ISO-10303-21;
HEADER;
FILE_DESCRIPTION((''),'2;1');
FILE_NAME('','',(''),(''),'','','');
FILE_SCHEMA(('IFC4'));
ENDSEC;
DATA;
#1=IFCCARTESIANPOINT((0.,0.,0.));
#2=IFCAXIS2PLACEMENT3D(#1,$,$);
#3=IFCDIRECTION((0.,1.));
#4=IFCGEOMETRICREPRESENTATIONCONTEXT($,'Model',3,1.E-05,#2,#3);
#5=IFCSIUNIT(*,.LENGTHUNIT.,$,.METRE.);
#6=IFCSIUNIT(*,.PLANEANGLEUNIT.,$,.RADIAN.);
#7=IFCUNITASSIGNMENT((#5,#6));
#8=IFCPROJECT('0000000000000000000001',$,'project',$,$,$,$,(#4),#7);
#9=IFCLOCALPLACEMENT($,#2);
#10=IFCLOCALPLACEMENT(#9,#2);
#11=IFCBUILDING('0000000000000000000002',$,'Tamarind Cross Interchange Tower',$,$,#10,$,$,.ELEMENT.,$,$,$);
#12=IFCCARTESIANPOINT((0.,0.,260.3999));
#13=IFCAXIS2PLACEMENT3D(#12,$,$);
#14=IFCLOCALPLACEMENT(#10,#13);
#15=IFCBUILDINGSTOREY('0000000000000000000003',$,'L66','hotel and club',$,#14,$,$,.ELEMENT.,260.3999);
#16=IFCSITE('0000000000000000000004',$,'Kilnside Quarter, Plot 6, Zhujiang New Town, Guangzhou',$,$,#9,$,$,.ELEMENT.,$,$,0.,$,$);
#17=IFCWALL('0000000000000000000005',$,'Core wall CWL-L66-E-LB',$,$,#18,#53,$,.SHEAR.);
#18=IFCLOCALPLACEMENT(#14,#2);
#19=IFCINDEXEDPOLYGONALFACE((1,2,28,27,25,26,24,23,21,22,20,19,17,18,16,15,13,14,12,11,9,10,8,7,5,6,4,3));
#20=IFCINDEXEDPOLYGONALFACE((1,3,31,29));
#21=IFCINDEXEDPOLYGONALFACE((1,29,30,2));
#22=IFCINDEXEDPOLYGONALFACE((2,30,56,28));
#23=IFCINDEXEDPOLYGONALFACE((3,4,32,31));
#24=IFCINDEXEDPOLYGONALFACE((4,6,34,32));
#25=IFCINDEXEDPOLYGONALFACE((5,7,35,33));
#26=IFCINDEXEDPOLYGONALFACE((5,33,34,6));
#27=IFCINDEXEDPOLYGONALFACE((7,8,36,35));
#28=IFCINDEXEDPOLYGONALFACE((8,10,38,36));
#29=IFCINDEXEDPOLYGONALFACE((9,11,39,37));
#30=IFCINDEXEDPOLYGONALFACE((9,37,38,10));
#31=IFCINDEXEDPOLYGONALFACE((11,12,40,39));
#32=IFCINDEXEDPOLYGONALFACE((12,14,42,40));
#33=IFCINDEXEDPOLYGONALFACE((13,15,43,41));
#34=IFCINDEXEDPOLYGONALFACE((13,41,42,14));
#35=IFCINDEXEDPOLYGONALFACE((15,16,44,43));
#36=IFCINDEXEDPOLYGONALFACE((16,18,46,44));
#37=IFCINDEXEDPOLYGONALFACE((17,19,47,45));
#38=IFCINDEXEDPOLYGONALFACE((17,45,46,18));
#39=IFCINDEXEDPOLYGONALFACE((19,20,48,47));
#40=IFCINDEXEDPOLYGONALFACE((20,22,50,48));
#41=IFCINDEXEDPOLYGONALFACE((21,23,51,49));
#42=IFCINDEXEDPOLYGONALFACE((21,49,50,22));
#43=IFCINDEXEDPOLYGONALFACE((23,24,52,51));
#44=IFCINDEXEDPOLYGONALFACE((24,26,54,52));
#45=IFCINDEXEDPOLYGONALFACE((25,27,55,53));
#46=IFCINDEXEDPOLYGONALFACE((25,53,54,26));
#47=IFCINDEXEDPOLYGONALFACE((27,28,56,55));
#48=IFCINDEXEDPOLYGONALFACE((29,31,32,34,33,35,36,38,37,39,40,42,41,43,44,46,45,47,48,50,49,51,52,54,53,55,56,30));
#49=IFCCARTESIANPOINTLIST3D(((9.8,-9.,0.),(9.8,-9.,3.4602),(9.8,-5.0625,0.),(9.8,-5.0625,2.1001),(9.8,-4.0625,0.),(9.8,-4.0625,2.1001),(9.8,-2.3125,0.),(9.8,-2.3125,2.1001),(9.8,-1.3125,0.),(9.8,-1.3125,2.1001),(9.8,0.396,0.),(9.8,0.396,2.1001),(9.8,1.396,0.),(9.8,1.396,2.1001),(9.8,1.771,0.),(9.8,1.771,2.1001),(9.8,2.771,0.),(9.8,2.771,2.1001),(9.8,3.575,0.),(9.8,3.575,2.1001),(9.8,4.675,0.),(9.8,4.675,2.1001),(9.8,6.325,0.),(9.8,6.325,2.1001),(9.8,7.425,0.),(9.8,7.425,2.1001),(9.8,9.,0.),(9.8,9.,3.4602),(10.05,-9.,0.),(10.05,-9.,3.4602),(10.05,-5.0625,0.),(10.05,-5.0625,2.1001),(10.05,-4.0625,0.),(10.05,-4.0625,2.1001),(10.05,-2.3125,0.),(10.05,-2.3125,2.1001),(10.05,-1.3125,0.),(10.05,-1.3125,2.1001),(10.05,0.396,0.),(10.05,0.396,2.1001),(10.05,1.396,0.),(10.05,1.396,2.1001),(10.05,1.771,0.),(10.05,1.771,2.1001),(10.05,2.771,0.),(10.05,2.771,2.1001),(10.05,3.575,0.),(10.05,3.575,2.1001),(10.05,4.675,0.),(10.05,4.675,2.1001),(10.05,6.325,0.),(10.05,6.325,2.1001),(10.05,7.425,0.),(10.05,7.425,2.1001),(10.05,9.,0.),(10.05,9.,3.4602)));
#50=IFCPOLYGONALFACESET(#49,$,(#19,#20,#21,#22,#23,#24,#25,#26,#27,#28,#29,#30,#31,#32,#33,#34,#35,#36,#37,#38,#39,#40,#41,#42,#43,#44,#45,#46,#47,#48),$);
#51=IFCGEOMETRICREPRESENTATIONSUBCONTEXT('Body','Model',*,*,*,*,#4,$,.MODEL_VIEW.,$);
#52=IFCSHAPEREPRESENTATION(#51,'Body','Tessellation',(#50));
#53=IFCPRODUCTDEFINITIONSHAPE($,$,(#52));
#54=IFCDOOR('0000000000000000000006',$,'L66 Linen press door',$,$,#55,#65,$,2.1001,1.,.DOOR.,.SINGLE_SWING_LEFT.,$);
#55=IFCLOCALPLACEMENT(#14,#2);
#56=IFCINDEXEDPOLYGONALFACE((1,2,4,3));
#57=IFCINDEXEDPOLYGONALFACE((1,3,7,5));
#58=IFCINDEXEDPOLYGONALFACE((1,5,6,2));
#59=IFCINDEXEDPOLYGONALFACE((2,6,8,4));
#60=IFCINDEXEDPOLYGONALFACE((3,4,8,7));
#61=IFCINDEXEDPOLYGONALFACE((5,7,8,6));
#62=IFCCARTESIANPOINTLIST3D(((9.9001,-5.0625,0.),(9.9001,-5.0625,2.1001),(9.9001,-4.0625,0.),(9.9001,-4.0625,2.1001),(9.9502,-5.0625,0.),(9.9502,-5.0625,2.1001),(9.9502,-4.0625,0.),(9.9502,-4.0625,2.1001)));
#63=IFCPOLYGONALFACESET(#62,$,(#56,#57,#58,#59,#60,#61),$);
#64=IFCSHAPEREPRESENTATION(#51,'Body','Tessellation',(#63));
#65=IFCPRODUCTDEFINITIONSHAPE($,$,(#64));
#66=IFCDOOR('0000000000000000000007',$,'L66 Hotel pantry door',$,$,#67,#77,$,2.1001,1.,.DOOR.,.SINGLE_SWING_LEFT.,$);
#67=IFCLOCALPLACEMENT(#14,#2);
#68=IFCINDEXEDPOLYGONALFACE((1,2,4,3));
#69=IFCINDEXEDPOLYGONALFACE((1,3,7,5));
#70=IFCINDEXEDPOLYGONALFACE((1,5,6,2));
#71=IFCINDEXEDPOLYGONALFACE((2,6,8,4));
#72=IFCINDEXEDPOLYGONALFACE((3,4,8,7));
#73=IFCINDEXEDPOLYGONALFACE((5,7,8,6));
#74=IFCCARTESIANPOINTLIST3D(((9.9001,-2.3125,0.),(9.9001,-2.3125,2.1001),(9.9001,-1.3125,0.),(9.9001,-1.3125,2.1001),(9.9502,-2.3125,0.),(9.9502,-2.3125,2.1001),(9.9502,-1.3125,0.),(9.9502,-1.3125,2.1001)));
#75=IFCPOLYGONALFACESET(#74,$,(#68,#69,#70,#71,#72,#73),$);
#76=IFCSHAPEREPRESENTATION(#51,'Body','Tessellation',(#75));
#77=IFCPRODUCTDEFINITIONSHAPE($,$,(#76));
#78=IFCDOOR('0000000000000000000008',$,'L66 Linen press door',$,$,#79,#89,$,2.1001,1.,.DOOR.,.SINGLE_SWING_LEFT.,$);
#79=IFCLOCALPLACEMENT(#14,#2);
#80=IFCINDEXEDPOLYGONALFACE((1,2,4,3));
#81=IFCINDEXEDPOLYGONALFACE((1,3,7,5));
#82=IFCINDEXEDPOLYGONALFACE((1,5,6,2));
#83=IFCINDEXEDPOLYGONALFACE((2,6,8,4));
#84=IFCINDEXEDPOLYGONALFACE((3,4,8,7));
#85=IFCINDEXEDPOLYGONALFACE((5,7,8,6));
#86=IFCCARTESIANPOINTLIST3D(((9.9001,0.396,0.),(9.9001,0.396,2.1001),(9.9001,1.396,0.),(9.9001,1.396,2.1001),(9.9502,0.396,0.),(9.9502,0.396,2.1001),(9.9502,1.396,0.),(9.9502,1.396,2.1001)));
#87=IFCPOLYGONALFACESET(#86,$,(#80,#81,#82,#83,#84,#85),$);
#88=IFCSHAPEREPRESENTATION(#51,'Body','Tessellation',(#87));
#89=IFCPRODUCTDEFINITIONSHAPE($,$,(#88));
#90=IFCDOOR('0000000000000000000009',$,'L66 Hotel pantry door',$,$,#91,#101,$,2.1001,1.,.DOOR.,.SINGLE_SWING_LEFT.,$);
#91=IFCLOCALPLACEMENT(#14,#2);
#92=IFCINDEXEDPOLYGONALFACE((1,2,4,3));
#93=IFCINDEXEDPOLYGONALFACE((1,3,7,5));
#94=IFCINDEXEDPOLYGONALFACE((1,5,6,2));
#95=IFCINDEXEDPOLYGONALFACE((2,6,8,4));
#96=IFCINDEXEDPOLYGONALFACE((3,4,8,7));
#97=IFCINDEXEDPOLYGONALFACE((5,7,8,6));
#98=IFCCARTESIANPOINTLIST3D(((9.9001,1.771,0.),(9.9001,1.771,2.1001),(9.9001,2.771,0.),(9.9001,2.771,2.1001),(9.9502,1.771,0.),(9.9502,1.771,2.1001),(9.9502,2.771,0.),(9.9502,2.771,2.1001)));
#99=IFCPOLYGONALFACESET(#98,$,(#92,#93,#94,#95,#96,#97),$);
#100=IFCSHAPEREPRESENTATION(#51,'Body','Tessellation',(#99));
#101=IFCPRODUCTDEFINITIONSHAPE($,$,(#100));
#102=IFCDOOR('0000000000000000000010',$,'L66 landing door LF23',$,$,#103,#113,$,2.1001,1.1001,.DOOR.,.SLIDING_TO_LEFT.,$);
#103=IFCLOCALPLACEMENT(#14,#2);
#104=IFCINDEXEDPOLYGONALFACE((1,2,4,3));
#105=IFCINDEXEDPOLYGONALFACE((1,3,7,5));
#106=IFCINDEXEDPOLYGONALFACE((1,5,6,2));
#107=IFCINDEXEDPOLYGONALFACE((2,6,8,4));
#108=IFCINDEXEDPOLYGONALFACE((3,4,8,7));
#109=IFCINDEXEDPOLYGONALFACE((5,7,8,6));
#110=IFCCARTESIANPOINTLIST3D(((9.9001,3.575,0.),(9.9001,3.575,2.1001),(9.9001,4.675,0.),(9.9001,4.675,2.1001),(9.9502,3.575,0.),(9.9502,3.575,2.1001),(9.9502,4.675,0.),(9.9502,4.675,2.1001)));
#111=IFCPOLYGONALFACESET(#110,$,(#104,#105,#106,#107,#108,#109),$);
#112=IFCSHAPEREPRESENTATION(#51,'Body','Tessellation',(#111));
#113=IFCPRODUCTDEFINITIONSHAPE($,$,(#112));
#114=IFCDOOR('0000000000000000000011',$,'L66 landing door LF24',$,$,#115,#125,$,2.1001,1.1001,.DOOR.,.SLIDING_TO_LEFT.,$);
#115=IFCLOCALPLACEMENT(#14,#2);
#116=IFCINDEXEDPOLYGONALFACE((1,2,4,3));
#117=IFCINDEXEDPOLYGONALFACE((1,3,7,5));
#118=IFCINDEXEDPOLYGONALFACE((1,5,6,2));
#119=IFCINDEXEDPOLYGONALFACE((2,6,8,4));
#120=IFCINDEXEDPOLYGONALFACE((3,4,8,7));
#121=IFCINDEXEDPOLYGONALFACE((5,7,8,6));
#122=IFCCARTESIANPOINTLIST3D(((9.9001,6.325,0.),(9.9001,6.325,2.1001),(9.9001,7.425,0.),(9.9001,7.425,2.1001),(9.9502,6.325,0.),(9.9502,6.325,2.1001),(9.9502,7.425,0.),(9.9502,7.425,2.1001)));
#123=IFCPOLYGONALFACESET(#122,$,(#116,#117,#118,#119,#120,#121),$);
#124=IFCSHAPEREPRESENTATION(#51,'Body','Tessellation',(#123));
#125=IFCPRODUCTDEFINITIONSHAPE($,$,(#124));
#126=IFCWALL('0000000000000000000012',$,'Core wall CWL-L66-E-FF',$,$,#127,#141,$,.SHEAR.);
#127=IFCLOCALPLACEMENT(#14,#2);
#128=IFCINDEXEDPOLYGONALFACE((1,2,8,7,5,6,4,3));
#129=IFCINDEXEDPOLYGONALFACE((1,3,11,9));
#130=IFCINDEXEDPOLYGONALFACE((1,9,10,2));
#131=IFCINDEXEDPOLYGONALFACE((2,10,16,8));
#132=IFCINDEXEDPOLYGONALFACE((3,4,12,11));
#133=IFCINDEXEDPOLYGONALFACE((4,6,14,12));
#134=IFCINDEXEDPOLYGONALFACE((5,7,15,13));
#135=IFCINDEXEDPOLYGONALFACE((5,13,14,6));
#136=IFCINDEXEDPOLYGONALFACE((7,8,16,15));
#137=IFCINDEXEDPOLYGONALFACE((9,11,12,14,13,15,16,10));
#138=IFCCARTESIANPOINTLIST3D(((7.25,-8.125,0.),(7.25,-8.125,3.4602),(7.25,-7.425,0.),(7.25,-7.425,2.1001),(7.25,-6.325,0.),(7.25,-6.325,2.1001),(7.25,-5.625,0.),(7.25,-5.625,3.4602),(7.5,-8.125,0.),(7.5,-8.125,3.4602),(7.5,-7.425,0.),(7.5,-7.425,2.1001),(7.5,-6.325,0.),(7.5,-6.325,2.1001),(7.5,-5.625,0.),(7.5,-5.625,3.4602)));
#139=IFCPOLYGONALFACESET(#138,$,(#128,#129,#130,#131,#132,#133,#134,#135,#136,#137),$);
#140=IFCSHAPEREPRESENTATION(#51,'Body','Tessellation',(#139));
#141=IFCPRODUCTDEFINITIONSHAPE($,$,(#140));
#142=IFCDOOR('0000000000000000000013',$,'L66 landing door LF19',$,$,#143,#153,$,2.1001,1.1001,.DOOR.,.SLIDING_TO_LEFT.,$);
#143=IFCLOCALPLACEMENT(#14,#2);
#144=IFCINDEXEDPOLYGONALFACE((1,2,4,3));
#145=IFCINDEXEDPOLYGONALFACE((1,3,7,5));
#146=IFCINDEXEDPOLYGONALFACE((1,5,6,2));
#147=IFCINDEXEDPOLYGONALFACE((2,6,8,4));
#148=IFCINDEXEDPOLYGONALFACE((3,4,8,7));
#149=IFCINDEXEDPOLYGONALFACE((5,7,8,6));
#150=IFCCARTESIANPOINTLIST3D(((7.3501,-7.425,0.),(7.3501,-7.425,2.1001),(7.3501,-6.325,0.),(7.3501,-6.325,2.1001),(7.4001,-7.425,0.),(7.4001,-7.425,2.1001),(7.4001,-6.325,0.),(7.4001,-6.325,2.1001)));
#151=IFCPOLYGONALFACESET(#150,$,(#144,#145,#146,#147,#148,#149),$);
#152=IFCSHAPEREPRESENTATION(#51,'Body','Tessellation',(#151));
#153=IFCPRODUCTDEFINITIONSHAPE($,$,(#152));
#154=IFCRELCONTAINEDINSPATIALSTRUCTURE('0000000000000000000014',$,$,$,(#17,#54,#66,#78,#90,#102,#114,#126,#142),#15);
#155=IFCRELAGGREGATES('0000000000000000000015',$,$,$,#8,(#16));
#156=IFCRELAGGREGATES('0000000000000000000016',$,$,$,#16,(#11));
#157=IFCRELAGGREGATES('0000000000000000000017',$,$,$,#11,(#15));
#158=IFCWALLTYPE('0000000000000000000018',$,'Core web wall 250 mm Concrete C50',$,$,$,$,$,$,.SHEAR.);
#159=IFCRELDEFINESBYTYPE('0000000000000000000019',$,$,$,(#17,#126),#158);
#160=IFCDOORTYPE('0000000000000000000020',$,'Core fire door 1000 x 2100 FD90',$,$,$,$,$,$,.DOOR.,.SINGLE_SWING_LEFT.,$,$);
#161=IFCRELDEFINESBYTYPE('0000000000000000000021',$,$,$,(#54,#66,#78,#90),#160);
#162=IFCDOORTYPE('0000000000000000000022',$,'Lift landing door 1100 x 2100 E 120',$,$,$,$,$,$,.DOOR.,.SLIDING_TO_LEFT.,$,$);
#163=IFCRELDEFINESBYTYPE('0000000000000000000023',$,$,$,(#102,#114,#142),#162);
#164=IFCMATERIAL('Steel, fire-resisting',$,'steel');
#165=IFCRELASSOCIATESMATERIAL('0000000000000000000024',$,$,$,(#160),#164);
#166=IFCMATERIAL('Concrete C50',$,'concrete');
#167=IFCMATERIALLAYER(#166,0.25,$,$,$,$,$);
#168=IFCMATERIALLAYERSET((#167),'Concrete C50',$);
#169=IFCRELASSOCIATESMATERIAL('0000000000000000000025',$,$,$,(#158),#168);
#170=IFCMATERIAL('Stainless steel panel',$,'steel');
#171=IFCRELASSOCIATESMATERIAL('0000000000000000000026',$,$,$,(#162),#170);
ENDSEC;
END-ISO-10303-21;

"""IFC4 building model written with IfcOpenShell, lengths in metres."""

from ifc_helpers import new_model, si_unit, direction, frame, frame_2d, origin, place, context, subcontext, project, spatial, rectangle, extrude, material, layer, layer_set, type_object, element, fill, save


model = new_model("IFC4")

# Units and contexts
model_context = context("Model", 3, precision=1e-05, world=origin(), true_north=direction((0.0, 1.0)))
body_context = subcontext(model_context, "Body", "Model", "MODEL_VIEW")
ifc_project = project(units=[si_unit("LENGTHUNIT", "METRE"), si_unit("PLANEANGLEUNIT", "RADIAN")], contexts=[model_context])

# Site, building, storey
site_placement = place(None, origin())
site = spatial("IfcSite", under=ifc_project, at=site_placement, Name="Kilnside Quarter, Plot 6, Zhujiang New Town, Guangzhou", CompositionType="ELEMENT", RefElevation=0.0)
building_placement = place(site_placement, origin())
building = spatial("IfcBuilding", under=site, at=building_placement, Name="Tamarind Cross Interchange Tower", CompositionType="ELEMENT")
storey_placement = place(building_placement, frame((0.0, 0.0, 260.3999)))
storey = spatial("IfcBuildingStorey", under=building, at=storey_placement, Name="L66", Description="hotel and club", CompositionType="ELEMENT", Elevation=260.3999)

# Shared definitions
ifc_material_1 = material(Name="Concrete C50", Category="concrete")
ifc_material_2 = material(Name="Steel, fire-resisting", Category="steel")
door_type_1 = type_object("IfcDoorType", Name="Core fire door 1000 x 2100 FD90", OperationType="SINGLE_SWING_LEFT", PredefinedType="DOOR", material=ifc_material_2)

# Shared definitions
ifc_layer_1 = layer(ifc_material_1, 0.25)
ifc_layer_set_1 = layer_set([ifc_layer_1], Name="Concrete C50")
wall_type_1 = type_object("IfcWallType", Name="Core web wall 250 mm Concrete C50", PredefinedType="SHEAR", material=ifc_layer_set_1)

# Wall, openings, doors
wall_1_placement = place(storey_placement, frame((9.925, -9.0, 0.0), z_axis=(0.0, 0.0, 1.0), x_axis=(0.0, 1.0, 0.0)))
wall_1 = element("IfcWall", 1, at=wall_1_placement, inside=storey, type_object=wall_type_1, Name="Core wall CWL-L66-E-LB", PredefinedType="SHEAR", context=body_context, shape_type="SweptSolid", body=[
    extrude(rectangle(XDim=18.0, YDim=0.25, at=frame_2d((9.0, 0.0))), origin(), (0.0, 0.0, 1.0), 3.4602),
])
opening_1_placement = place(wall_1_placement, frame((12.575, 0.0, 0.0)))
opening_1 = element("IfcOpeningElement", 2, at=opening_1_placement, cuts=wall_1, PredefinedType="OPENING", context=body_context, shape_type="SweptSolid", body=[
    extrude(rectangle(XDim=1.1001, YDim=2.1001, at=frame_2d((0.55, 1.05))), frame((0.0, 0.135, 0.0), z_axis=(0.0, -1.0, 0.0), x_axis=(1.0, 0.0, 0.0)), (0.0, 0.0, 1.0), 0.27),
])
opening_2_placement = place(wall_1_placement, frame((15.325, 0.0, 0.0)))
opening_2 = element("IfcOpeningElement", 3, at=opening_2_placement, cuts=wall_1, PredefinedType="OPENING", context=body_context, shape_type="SweptSolid", body=[
    extrude(rectangle(XDim=1.1001, YDim=2.1001, at=frame_2d((0.55, 1.05))), frame((0.0, 0.135, 0.0), z_axis=(0.0, -1.0, 0.0), x_axis=(1.0, 0.0, 0.0)), (0.0, 0.0, 1.0), 0.27),
])
opening_3_placement = place(wall_1_placement, frame((3.9375, 0.0, 0.0)))
opening_3 = element("IfcOpeningElement", 4, at=opening_3_placement, cuts=wall_1, PredefinedType="OPENING", context=body_context, shape_type="SweptSolid", body=[
    extrude(rectangle(XDim=1.0, YDim=2.1001, at=frame_2d((0.5, 1.05))), frame((0.0, 0.135, 0.0), z_axis=(0.0, -1.0, 0.0), x_axis=(1.0, 0.0, 0.0)), (0.0, 0.0, 1.0), 0.27),
])
opening_4_placement = place(wall_1_placement, frame((6.6875, 0.0, 0.0)))
opening_4 = element("IfcOpeningElement", 5, at=opening_4_placement, cuts=wall_1, PredefinedType="OPENING", context=body_context, shape_type="SweptSolid", body=[
    extrude(rectangle(XDim=1.0, YDim=2.1001, at=frame_2d((0.5, 1.05))), frame((0.0, 0.135, 0.0), z_axis=(0.0, -1.0, 0.0), x_axis=(1.0, 0.0, 0.0)), (0.0, 0.0, 1.0), 0.27),
])
opening_5_placement = place(wall_1_placement, frame((9.396, 0.0, 0.0)))
opening_5 = element("IfcOpeningElement", 6, at=opening_5_placement, cuts=wall_1, PredefinedType="OPENING", context=body_context, shape_type="SweptSolid", body=[
    extrude(rectangle(XDim=1.0, YDim=2.1001, at=frame_2d((0.5, 1.05))), frame((0.0, 0.135, 0.0), z_axis=(0.0, -1.0, 0.0), x_axis=(1.0, 0.0, 0.0)), (0.0, 0.0, 1.0), 0.27),
])
opening_6_placement = place(wall_1_placement, frame((10.771, 0.0, 0.0)))
opening_6 = element("IfcOpeningElement", 7, at=opening_6_placement, cuts=wall_1, PredefinedType="OPENING", context=body_context, shape_type="SweptSolid", body=[
    extrude(rectangle(XDim=1.0, YDim=2.1001, at=frame_2d((0.5, 1.05))), frame((0.0, 0.135, 0.0), z_axis=(0.0, -1.0, 0.0), x_axis=(1.0, 0.0, 0.0)), (0.0, 0.0, 1.0), 0.27),
])
door_1_placement = place(opening_3_placement, origin())
door_1 = element("IfcDoor", 8, at=door_1_placement, inside=storey, type_object=door_type_1, Name="L66 Linen press door", OperationType="SINGLE_SWING_LEFT", OverallHeight=2.1001, OverallWidth=1.0, PredefinedType="DOOR", context=body_context, shape_type="SweptSolid", body=[
    extrude(rectangle(XDim=1.0, YDim=2.1001, at=frame_2d((0.5, 1.05))), frame((0.0, 0.0249, 0.0), z_axis=(0.0, -1.0, 0.0), x_axis=(1.0, 0.0, 0.0)), (0.0, 0.0, 1.0), 0.05),
])
fill(opening_3, door_1)
door_2_placement = place(opening_4_placement, origin())
door_2 = element("IfcDoor", 9, at=door_2_placement, inside=storey, type_object=door_type_1, Name="L66 Hotel pantry door", OperationType="SINGLE_SWING_LEFT", OverallHeight=2.1001, OverallWidth=1.0, PredefinedType="DOOR", context=body_context, shape_type="SweptSolid", body=[
    extrude(rectangle(XDim=1.0, YDim=2.1001, at=frame_2d((0.5, 1.05))), frame((0.0, 0.0249, 0.0), z_axis=(0.0, -1.0, 0.0), x_axis=(1.0, 0.0, 0.0)), (0.0, 0.0, 1.0), 0.05),
])
fill(opening_4, door_2)
door_3_placement = place(opening_5_placement, origin())
door_3 = element("IfcDoor", 10, at=door_3_placement, inside=storey, type_object=door_type_1, Name="L66 Linen press door", OperationType="SINGLE_SWING_LEFT", OverallHeight=2.1001, OverallWidth=1.0, PredefinedType="DOOR", context=body_context, shape_type="SweptSolid", body=[
    extrude(rectangle(XDim=1.0, YDim=2.1001, at=frame_2d((0.5, 1.05))), frame((0.0, 0.0249, 0.0), z_axis=(0.0, -1.0, 0.0), x_axis=(1.0, 0.0, 0.0)), (0.0, 0.0, 1.0), 0.05),
])
fill(opening_5, door_3)
door_4_placement = place(opening_6_placement, origin())
door_4 = element("IfcDoor", 11, at=door_4_placement, inside=storey, type_object=door_type_1, Name="L66 Hotel pantry door", OperationType="SINGLE_SWING_LEFT", OverallHeight=2.1001, OverallWidth=1.0, PredefinedType="DOOR", context=body_context, shape_type="SweptSolid", body=[
    extrude(rectangle(XDim=1.0, YDim=2.1001, at=frame_2d((0.5, 1.05))), frame((0.0, 0.0249, 0.0), z_axis=(0.0, -1.0, 0.0), x_axis=(1.0, 0.0, 0.0)), (0.0, 0.0, 1.0), 0.05),
])
fill(opening_6, door_4)
ifc_material_3 = material(Name="Stainless steel panel", Category="steel")
door_type_2 = type_object("IfcDoorType", Name="Lift landing door 1100 x 2100 E 120", OperationType="SLIDING_TO_LEFT", PredefinedType="DOOR", material=ifc_material_3)
door_5_placement = place(opening_1_placement, origin())
door_5 = element("IfcDoor", 12, at=door_5_placement, inside=storey, type_object=door_type_2, Name="L66 landing door LF23", OperationType="SLIDING_TO_LEFT", OverallHeight=2.1001, OverallWidth=1.1001, PredefinedType="DOOR", context=body_context, shape_type="SweptSolid", body=[
    extrude(rectangle(XDim=1.1001, YDim=2.1001, at=frame_2d((0.55, 1.05))), frame((0.0, 0.0249, 0.0), z_axis=(0.0, -1.0, 0.0), x_axis=(1.0, 0.0, 0.0)), (0.0, 0.0, 1.0), 0.05),
])
fill(opening_1, door_5)
door_6_placement = place(opening_2_placement, origin())
door_6 = element("IfcDoor", 13, at=door_6_placement, inside=storey, type_object=door_type_2, Name="L66 landing door LF24", OperationType="SLIDING_TO_LEFT", OverallHeight=2.1001, OverallWidth=1.1001, PredefinedType="DOOR", context=body_context, shape_type="SweptSolid", body=[
    extrude(rectangle(XDim=1.1001, YDim=2.1001, at=frame_2d((0.55, 1.05))), frame((0.0, 0.0249, 0.0), z_axis=(0.0, -1.0, 0.0), x_axis=(1.0, 0.0, 0.0)), (0.0, 0.0, 1.0), 0.05),
])
fill(opening_2, door_6)

# Wall, opening, door
wall_2_placement = place(storey_placement, frame((7.375, -8.125, 0.0), z_axis=(0.0, 0.0, 1.0), x_axis=(0.0, 1.0, 0.0)))
wall_2 = element("IfcWall", 14, at=wall_2_placement, inside=storey, type_object=wall_type_1, Name="Core wall CWL-L66-E-FF", PredefinedType="SHEAR", context=body_context, shape_type="SweptSolid", body=[
    extrude(rectangle(XDim=2.5, YDim=0.25, at=frame_2d((1.25, 0.0))), origin(), (0.0, 0.0, 1.0), 3.4602),
])
opening_7_placement = place(wall_2_placement, frame((0.7, 0.0, 0.0)))
opening_7 = element("IfcOpeningElement", 15, at=opening_7_placement, cuts=wall_2, PredefinedType="OPENING", context=body_context, shape_type="SweptSolid", body=[
    extrude(rectangle(XDim=1.1001, YDim=2.1001, at=frame_2d((0.55, 1.05))), frame((0.0, 0.135, 0.0), z_axis=(0.0, -1.0, 0.0), x_axis=(1.0, 0.0, 0.0)), (0.0, 0.0, 1.0), 0.27),
])
door_7_placement = place(opening_7_placement, origin())
door_7 = element("IfcDoor", 16, at=door_7_placement, inside=storey, type_object=door_type_2, Name="L66 landing door LF19", OperationType="SLIDING_TO_LEFT", OverallHeight=2.1001, OverallWidth=1.1001, PredefinedType="DOOR", context=body_context, shape_type="SweptSolid", body=[
    extrude(rectangle(XDim=1.1001, YDim=2.1001, at=frame_2d((0.55, 1.05))), frame((0.0, 0.0249, 0.0), z_axis=(0.0, -1.0, 0.0), x_axis=(1.0, 0.0, 0.0)), (0.0, 0.0, 1.0), 0.05),
])
fill(opening_7, door_7)

save(model, "model.ifc")
